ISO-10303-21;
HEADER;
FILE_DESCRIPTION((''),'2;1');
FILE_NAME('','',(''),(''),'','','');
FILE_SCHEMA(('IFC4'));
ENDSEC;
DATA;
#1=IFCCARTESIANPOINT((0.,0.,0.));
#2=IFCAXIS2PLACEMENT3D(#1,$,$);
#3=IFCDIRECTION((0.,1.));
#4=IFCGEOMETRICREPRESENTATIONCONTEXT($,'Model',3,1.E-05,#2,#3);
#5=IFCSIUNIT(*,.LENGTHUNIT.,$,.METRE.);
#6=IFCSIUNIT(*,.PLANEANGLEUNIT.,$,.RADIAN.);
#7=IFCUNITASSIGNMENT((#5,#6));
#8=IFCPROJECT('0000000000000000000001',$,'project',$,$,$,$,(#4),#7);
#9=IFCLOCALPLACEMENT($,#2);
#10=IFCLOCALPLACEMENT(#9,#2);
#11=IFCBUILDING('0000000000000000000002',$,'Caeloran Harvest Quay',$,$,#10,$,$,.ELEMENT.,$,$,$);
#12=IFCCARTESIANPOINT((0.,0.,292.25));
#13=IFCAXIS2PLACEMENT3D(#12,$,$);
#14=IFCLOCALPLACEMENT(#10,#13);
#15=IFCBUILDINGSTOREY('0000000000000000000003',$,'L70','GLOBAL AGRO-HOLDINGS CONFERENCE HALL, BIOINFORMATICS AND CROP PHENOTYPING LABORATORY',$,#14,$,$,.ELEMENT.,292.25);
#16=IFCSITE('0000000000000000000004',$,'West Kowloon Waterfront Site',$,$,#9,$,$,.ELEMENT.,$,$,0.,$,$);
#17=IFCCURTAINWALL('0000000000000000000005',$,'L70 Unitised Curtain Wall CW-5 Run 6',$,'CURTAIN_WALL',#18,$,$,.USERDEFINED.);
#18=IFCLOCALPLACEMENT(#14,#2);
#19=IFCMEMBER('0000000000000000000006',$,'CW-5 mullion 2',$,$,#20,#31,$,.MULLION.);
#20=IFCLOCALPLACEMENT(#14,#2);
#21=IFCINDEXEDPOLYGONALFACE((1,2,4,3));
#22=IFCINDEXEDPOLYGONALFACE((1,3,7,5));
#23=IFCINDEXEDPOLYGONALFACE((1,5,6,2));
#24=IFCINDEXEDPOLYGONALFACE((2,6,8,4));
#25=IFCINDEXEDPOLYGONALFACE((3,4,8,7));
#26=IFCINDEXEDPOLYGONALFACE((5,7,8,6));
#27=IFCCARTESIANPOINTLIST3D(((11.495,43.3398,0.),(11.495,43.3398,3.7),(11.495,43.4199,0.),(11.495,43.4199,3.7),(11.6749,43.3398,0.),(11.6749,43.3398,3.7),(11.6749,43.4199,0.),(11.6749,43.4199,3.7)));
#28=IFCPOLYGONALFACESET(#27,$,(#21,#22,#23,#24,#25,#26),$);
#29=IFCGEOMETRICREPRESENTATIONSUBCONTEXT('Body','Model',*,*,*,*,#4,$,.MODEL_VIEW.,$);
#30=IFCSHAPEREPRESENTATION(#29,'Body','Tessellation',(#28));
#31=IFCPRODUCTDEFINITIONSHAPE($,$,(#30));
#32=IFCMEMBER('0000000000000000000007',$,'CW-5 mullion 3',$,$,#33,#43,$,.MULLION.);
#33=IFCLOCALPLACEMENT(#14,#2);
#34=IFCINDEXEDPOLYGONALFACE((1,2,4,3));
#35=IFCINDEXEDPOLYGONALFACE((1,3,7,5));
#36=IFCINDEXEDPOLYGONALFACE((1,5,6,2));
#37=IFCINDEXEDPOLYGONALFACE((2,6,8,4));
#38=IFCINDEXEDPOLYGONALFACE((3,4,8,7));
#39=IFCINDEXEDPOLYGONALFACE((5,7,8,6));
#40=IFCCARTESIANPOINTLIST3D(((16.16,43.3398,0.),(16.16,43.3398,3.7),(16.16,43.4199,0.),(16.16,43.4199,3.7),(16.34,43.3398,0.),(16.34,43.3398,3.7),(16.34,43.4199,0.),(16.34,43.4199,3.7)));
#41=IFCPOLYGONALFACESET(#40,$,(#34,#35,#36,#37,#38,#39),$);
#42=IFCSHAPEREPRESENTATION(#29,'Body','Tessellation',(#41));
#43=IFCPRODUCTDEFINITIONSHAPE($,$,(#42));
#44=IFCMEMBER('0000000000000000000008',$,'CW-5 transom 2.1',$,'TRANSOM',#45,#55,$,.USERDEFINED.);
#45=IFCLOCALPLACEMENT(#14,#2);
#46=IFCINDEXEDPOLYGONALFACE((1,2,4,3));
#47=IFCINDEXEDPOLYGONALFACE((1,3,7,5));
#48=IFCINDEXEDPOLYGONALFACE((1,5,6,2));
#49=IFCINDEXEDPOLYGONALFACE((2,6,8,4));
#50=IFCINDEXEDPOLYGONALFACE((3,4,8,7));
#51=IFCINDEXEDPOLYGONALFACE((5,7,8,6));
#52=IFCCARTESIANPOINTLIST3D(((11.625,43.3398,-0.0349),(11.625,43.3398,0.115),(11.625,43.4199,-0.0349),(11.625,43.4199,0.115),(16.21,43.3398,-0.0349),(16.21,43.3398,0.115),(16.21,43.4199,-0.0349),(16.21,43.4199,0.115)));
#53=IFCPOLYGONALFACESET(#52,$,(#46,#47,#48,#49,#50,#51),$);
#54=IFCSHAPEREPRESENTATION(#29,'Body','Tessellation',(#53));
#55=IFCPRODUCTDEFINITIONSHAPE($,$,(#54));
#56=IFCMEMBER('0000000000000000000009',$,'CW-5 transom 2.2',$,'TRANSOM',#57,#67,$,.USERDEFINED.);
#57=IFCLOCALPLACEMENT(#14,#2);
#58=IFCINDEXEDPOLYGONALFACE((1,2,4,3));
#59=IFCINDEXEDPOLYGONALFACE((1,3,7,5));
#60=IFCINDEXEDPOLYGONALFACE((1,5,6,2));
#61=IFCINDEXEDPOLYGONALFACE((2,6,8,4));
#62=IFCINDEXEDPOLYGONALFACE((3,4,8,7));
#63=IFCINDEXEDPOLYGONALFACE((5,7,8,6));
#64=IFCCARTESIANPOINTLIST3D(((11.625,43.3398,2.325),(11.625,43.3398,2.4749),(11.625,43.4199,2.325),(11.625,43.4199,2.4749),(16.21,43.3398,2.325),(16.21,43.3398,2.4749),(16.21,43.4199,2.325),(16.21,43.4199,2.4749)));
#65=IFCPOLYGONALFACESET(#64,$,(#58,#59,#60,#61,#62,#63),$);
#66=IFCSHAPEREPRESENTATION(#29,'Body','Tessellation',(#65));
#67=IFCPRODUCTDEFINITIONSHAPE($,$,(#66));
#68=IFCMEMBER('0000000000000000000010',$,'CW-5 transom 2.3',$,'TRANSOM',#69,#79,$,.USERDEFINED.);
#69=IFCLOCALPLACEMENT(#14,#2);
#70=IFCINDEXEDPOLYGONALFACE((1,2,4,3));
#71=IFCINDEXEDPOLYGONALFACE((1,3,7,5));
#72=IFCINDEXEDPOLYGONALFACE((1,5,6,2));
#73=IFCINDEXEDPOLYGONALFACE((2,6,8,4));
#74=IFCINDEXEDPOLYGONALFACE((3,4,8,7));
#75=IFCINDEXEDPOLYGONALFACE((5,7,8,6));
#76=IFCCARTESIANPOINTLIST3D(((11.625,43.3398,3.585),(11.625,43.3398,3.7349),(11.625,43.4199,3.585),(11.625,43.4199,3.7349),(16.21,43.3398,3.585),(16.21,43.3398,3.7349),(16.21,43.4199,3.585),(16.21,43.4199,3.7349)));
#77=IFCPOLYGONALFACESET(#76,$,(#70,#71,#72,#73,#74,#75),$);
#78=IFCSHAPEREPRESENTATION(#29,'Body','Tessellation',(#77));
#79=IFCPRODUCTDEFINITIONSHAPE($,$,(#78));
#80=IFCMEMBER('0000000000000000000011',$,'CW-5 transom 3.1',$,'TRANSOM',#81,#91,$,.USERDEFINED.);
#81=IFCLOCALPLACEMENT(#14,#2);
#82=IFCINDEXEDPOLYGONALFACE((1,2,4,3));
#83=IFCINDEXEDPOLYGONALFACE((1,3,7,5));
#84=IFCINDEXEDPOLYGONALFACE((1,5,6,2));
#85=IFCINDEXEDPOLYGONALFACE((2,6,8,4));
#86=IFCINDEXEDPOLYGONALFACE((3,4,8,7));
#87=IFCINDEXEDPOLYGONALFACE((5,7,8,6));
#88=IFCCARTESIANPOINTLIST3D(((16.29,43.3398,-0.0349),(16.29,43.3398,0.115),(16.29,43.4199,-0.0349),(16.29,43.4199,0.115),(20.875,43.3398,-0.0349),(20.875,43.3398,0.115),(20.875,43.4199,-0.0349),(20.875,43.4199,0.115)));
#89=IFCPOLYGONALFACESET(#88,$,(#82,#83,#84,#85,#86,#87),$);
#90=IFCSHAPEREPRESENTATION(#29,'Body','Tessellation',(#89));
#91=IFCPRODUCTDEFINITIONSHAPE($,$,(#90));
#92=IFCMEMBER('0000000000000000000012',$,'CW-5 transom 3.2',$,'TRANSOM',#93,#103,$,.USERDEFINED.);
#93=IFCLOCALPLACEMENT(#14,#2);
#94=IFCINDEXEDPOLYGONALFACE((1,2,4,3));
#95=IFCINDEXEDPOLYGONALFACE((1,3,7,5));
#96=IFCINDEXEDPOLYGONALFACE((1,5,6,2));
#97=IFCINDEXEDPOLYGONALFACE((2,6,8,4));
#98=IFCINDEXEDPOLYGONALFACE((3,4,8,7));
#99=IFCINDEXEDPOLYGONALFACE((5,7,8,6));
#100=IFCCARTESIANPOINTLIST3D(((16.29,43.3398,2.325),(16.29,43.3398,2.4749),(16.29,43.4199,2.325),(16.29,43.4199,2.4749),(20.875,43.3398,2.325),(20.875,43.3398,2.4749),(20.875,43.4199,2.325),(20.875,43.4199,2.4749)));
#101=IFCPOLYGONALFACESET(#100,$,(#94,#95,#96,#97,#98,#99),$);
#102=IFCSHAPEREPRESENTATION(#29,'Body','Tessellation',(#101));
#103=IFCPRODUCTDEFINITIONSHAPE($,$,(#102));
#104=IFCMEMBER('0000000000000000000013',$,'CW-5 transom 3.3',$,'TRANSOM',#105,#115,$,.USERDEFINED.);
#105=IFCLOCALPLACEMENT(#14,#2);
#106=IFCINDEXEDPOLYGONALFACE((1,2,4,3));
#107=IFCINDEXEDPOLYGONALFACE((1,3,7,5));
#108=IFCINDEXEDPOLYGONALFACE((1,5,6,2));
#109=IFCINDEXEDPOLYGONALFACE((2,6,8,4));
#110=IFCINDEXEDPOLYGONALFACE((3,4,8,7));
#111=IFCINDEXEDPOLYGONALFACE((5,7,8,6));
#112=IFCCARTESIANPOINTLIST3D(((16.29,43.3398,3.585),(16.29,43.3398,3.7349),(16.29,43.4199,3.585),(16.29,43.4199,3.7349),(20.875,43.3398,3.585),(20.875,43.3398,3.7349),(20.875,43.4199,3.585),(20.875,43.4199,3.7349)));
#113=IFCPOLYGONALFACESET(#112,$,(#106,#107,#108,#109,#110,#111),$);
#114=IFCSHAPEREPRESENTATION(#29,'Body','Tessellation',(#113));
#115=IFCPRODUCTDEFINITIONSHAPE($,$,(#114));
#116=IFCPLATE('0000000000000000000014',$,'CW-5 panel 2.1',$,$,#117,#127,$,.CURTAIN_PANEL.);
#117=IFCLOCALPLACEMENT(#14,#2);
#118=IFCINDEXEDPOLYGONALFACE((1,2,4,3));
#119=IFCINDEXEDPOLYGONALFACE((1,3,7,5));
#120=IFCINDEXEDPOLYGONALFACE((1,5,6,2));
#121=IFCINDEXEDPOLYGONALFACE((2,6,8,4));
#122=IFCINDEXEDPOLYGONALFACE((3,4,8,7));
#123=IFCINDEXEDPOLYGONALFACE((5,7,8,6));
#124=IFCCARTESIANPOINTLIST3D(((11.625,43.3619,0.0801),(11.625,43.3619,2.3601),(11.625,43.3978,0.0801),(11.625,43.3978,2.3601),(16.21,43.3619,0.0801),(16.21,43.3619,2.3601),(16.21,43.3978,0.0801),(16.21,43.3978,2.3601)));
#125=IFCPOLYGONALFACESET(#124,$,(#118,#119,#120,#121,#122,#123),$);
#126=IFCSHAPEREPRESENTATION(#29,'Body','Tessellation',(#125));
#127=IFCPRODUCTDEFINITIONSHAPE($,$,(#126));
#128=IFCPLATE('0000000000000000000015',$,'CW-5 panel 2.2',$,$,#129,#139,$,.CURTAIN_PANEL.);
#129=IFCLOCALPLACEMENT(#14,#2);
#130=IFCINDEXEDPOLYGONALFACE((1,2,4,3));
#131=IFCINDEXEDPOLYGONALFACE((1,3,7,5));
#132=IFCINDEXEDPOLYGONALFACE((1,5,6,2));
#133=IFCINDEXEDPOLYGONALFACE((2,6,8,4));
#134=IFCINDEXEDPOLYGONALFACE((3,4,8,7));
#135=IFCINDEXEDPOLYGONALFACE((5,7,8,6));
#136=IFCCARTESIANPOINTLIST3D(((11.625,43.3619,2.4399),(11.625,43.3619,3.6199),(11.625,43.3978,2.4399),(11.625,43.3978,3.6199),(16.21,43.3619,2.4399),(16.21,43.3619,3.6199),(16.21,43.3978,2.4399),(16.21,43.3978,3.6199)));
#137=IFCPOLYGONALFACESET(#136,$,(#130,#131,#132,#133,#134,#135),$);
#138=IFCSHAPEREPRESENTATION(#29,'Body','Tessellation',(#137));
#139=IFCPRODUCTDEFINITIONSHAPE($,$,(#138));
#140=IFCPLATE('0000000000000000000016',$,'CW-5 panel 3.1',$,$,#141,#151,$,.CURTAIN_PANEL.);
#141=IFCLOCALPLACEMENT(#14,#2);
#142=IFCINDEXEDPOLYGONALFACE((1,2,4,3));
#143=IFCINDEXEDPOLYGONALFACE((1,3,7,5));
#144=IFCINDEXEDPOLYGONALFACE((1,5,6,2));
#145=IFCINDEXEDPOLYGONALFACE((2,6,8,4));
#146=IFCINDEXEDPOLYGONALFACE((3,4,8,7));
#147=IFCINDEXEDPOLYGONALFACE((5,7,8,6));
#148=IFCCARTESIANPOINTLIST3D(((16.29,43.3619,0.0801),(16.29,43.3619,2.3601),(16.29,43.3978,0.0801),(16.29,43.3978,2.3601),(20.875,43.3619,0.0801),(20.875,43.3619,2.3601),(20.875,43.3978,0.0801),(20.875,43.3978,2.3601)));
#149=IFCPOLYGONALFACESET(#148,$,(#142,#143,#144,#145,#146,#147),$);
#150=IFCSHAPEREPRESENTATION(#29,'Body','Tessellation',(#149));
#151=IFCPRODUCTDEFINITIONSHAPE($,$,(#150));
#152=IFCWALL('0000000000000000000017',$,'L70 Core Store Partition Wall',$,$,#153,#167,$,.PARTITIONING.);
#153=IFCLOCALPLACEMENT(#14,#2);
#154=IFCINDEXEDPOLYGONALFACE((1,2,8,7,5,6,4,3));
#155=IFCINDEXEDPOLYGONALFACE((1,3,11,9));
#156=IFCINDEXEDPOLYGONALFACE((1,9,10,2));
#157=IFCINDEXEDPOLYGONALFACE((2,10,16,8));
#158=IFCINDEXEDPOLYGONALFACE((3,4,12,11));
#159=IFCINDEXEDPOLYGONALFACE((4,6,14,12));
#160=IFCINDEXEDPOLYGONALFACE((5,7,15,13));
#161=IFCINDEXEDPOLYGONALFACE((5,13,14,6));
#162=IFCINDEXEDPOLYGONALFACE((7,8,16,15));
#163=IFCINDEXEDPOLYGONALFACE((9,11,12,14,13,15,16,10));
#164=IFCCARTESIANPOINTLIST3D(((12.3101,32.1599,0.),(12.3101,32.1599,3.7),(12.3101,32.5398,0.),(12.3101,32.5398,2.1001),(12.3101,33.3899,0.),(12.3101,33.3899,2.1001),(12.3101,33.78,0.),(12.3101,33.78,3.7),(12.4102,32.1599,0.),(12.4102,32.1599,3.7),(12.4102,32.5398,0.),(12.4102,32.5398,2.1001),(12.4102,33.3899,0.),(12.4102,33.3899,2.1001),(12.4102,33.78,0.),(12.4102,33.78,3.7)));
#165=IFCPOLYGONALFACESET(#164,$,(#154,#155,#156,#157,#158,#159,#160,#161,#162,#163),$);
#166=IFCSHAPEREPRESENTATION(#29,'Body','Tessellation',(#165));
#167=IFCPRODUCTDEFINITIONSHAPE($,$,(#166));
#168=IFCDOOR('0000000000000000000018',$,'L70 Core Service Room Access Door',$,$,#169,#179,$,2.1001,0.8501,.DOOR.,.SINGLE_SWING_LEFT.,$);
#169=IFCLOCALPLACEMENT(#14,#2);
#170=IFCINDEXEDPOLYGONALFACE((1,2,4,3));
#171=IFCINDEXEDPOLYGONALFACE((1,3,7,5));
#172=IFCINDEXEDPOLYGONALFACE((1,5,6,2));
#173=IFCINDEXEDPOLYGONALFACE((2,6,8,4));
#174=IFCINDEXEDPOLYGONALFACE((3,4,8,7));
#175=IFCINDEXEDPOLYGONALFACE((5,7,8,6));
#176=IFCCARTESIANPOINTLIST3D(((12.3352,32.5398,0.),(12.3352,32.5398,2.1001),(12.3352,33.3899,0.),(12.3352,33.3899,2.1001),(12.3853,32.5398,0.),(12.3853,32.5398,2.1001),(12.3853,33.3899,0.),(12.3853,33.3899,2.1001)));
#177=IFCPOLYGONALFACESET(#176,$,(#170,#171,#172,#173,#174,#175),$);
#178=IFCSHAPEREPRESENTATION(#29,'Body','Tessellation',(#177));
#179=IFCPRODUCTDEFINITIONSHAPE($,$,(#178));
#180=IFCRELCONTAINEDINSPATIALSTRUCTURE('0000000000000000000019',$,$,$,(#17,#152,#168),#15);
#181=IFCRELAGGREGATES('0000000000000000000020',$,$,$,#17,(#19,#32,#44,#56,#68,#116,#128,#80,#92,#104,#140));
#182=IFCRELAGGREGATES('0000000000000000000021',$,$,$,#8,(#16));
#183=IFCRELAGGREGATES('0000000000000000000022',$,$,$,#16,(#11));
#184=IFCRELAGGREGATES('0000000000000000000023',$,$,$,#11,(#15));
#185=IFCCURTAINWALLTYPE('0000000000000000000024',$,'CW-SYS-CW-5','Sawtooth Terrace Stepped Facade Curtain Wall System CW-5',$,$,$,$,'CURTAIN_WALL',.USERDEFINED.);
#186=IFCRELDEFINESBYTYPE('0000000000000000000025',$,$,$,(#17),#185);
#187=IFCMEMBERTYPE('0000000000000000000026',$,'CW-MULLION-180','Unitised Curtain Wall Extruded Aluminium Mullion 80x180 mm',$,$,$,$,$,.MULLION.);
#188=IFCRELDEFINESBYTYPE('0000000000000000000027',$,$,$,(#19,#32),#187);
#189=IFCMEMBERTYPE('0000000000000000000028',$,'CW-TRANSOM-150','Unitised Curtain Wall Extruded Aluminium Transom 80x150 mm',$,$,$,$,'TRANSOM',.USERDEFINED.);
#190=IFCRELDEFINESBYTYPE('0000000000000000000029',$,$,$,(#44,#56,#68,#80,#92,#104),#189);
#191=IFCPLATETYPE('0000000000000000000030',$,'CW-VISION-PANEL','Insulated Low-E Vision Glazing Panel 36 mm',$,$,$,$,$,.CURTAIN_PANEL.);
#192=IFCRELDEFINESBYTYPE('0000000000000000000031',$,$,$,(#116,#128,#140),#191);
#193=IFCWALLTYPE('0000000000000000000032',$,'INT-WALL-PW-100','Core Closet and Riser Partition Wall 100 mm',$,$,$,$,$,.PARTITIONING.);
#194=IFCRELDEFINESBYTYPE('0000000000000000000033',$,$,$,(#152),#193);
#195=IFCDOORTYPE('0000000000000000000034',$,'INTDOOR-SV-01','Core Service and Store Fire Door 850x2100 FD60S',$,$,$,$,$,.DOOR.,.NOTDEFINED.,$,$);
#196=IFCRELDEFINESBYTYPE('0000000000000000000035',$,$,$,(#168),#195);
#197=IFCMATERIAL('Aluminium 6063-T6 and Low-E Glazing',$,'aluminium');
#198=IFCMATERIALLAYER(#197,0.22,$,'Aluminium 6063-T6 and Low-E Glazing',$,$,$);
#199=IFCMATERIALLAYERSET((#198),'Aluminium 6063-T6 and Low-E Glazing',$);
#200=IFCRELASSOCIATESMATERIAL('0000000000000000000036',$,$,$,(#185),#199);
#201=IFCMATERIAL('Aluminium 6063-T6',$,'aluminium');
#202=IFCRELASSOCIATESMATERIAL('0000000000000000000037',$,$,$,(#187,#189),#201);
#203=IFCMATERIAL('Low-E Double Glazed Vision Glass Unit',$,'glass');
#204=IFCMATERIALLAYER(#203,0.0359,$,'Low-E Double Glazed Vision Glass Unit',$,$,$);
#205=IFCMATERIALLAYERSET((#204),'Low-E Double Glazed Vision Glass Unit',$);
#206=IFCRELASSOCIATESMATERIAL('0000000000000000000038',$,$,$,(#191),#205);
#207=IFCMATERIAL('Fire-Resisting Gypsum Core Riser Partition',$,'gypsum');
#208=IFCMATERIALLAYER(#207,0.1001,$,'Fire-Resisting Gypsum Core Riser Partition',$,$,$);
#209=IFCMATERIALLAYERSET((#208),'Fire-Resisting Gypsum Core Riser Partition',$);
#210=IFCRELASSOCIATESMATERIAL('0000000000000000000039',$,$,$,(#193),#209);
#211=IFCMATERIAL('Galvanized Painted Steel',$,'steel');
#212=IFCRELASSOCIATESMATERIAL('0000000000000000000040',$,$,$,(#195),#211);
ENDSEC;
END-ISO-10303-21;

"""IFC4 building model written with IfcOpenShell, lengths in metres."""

from ifc_helpers import new_model, si_unit, direction, frame, frame_2d, origin, origin_2d, place, context, subcontext, project, spatial, rectangle, extrude, material, layer, layer_set, material_profile, profile_set, type_object, element, fill, aggregate, save


model = new_model("IFC4")

# Units and contexts
model_context = context("Model", 3, precision=1e-05, world=origin(), true_north=direction((0.0, 1.0)))
body_context = subcontext(model_context, "Body", "Model", "MODEL_VIEW")
ifc_project = project(units=[si_unit("LENGTHUNIT", "METRE"), si_unit("PLANEANGLEUNIT", "RADIAN")], contexts=[model_context])

# Site, building, storey
site_placement = place(None, origin())
site = spatial("IfcSite", under=ifc_project, at=site_placement, Name="West Kowloon Waterfront Site", CompositionType="ELEMENT", RefElevation=0.0)
building_placement = place(site_placement, origin())
building = spatial("IfcBuilding", under=site, at=building_placement, Name="Caeloran Harvest Quay", CompositionType="ELEMENT")
storey_placement = place(building_placement, frame((0.0, 0.0, 292.25)))
storey = spatial("IfcBuildingStorey", under=building, at=storey_placement, Name="L70", Description="GLOBAL AGRO-HOLDINGS CONFERENCE HALL, BIOINFORMATICS AND CROP PHENOTYPING LABORATORY", CompositionType="ELEMENT", Elevation=292.25)

# Curtain wall, members, plates
ifc_material_1 = material(Name="Aluminium 6063-T6 and Low-E Glazing", Category="aluminium")
ifc_layer_1 = layer(ifc_material_1, 0.22, Name="Aluminium 6063-T6 and Low-E Glazing")
ifc_layer_set_1 = layer_set([ifc_layer_1], Name="Aluminium 6063-T6 and Low-E Glazing")
curtain_wall_type = type_object("IfcCurtainWallType", Name="CW-SYS-CW-5", Description="Sawtooth Terrace Stepped Facade Curtain Wall System CW-5", ElementType="CURTAIN_WALL", PredefinedType="USERDEFINED", material=ifc_layer_set_1)
curtain_wall_placement = place(storey_placement, origin())
curtain_wall = element("IfcCurtainWall", 1, at=curtain_wall_placement, inside=storey, type_object=curtain_wall_type, Name="L70 Unitised Curtain Wall CW-5 Run 6", ObjectType="CURTAIN_WALL", PredefinedType="USERDEFINED")
ifc_material_2 = material(Name="Aluminium 6063-T6", Category="aluminium")
ifc_material_profile_1 = material_profile(ifc_material_2, rectangle(XDim=0.0801, YDim=0.1799, at=origin_2d()), Name="CW-MULLION-180")
ifc_profile_set_1 = profile_set([ifc_material_profile_1], Name="Aluminium 6063-T6")
member_type_1 = type_object("IfcMemberType", Name="CW-MULLION-180", Description="Unitised Curtain Wall Extruded Aluminium Mullion 80x180 mm", PredefinedType="MULLION", material=ifc_profile_set_1)
member_1_placement = place(storey_placement, frame((11.585, 43.3799, 0.0), z_axis=(0.0, 0.0, 1.0), x_axis=(0.0, 1.0, 0.0)))
member_1 = element("IfcMember", 2, at=member_1_placement, type_object=member_type_1, Name="CW-5 mullion 2", PredefinedType="MULLION", context=body_context, shape_type="SweptSolid", body=[
    extrude(rectangle(XDim=0.0801, YDim=0.1799, at=origin_2d()), origin(), (0.0, 0.0, 1.0), 3.7),
])
member_2_placement = place(storey_placement, frame((16.25, 43.3799, 0.0), z_axis=(0.0, 0.0, 1.0), x_axis=(0.0, 1.0, 0.0)))
member_2 = element("IfcMember", 3, at=member_2_placement, type_object=member_type_1, Name="CW-5 mullion 3", PredefinedType="MULLION", context=body_context, shape_type="SweptSolid", body=[
    extrude(rectangle(XDim=0.0801, YDim=0.1799, at=origin_2d()), origin(), (0.0, 0.0, 1.0), 3.7),
])
ifc_material_profile_2 = material_profile(ifc_material_2, rectangle(XDim=0.0801, YDim=0.1499, at=origin_2d()), Name="CW-TRANSOM-150")
ifc_profile_set_2 = profile_set([ifc_material_profile_2], Name="Aluminium 6063-T6")
member_type_2 = type_object("IfcMemberType", Name="CW-TRANSOM-150", Description="Unitised Curtain Wall Extruded Aluminium Transom 80x150 mm", ElementType="TRANSOM", PredefinedType="USERDEFINED", material=ifc_profile_set_2)
member_3_placement = place(storey_placement, frame((11.625, 43.3799, 0.04), z_axis=(1.0, 0.0, 0.0), x_axis=(0.0, 1.0, 0.0)))
member_3 = element("IfcMember", 4, at=member_3_placement, type_object=member_type_2, Name="CW-5 transom 2.1", ObjectType="TRANSOM", PredefinedType="USERDEFINED", context=body_context, shape_type="SweptSolid", body=[
    extrude(rectangle(XDim=0.0801, YDim=0.1499, at=origin_2d()), origin(), (0.0, 0.0, 1.0), 4.585),
])
member_4_placement = place(storey_placement, frame((11.625, 43.3799, 2.3999), z_axis=(1.0, 0.0, 0.0), x_axis=(0.0, 1.0, 0.0)))
member_4 = element("IfcMember", 5, at=member_4_placement, type_object=member_type_2, Name="CW-5 transom 2.2", ObjectType="TRANSOM", PredefinedType="USERDEFINED", context=body_context, shape_type="SweptSolid", body=[
    extrude(rectangle(XDim=0.0801, YDim=0.1499, at=origin_2d()), origin(), (0.0, 0.0, 1.0), 4.585),
])
member_5_placement = place(storey_placement, frame((11.625, 43.3799, 3.6599), z_axis=(1.0, 0.0, 0.0), x_axis=(0.0, 1.0, 0.0)))
member_5 = element("IfcMember", 6, at=member_5_placement, type_object=member_type_2, Name="CW-5 transom 2.3", ObjectType="TRANSOM", PredefinedType="USERDEFINED", context=body_context, shape_type="SweptSolid", body=[
    extrude(rectangle(XDim=0.0801, YDim=0.1499, at=origin_2d()), origin(), (0.0, 0.0, 1.0), 4.585),
])
member_6_placement = place(storey_placement, frame((16.29, 43.3799, 0.04), z_axis=(1.0, 0.0, 0.0), x_axis=(0.0, 1.0, 0.0)))
member_6 = element("IfcMember", 7, at=member_6_placement, type_object=member_type_2, Name="CW-5 transom 3.1", ObjectType="TRANSOM", PredefinedType="USERDEFINED", context=body_context, shape_type="SweptSolid", body=[
    extrude(rectangle(XDim=0.0801, YDim=0.1499, at=origin_2d()), origin(), (0.0, 0.0, 1.0), 4.585),
])
member_7_placement = place(storey_placement, frame((16.29, 43.3799, 2.3999), z_axis=(1.0, 0.0, 0.0), x_axis=(0.0, 1.0, 0.0)))
member_7 = element("IfcMember", 8, at=member_7_placement, type_object=member_type_2, Name="CW-5 transom 3.2", ObjectType="TRANSOM", PredefinedType="USERDEFINED", context=body_context, shape_type="SweptSolid", body=[
    extrude(rectangle(XDim=0.0801, YDim=0.1499, at=origin_2d()), origin(), (0.0, 0.0, 1.0), 4.585),
])
member_8_placement = place(storey_placement, frame((16.29, 43.3799, 3.6599), z_axis=(1.0, 0.0, 0.0), x_axis=(0.0, 1.0, 0.0)))
member_8 = element("IfcMember", 9, at=member_8_placement, type_object=member_type_2, Name="CW-5 transom 3.3", ObjectType="TRANSOM", PredefinedType="USERDEFINED", context=body_context, shape_type="SweptSolid", body=[
    extrude(rectangle(XDim=0.0801, YDim=0.1499, at=origin_2d()), origin(), (0.0, 0.0, 1.0), 4.585),
])
ifc_material_3 = material(Name="Low-E Double Glazed Vision Glass Unit", Category="glass")
ifc_layer_2 = layer(ifc_material_3, 0.0359, Name="Low-E Double Glazed Vision Glass Unit")
ifc_layer_set_2 = layer_set([ifc_layer_2], Name="Low-E Double Glazed Vision Glass Unit")
plate_type = type_object("IfcPlateType", Name="CW-VISION-PANEL", Description="Insulated Low-E Vision Glazing Panel 36 mm", PredefinedType="CURTAIN_PANEL", material=ifc_layer_set_2)
plate_1_placement = place(storey_placement, frame((13.9175, 43.3799, 0.0801), z_axis=(0.0, 0.0, 1.0), x_axis=(1.0, 0.0, 0.0)))
plate_1 = element("IfcPlate", 10, at=plate_1_placement, type_object=plate_type, Name="CW-5 panel 2.1", PredefinedType="CURTAIN_PANEL", context=body_context, shape_type="SweptSolid", body=[
    extrude(rectangle(XDim=4.585, YDim=0.0359, at=origin_2d()), origin(), (0.0, 0.0, 1.0), 2.28),
])
plate_2_placement = place(storey_placement, frame((13.9175, 43.3799, 2.4399), z_axis=(0.0, 0.0, 1.0), x_axis=(1.0, 0.0, 0.0)))
plate_2 = element("IfcPlate", 11, at=plate_2_placement, type_object=plate_type, Name="CW-5 panel 2.2", PredefinedType="CURTAIN_PANEL", context=body_context, shape_type="SweptSolid", body=[
    extrude(rectangle(XDim=4.585, YDim=0.0359, at=origin_2d()), origin(), (0.0, 0.0, 1.0), 1.1799),
])
plate_3_placement = place(storey_placement, frame((18.5825, 43.3799, 0.0801), z_axis=(0.0, 0.0, 1.0), x_axis=(1.0, 0.0, 0.0)))
plate_3 = element("IfcPlate", 12, at=plate_3_placement, type_object=plate_type, Name="CW-5 panel 3.1", PredefinedType="CURTAIN_PANEL", context=body_context, shape_type="SweptSolid", body=[
    extrude(rectangle(XDim=4.585, YDim=0.0359, at=origin_2d()), origin(), (0.0, 0.0, 1.0), 2.28),
])
aggregate(curtain_wall, [member_1, member_2, member_3, member_4, member_5, plate_1, plate_2, member_6, member_7, member_8, plate_3])

# Wall, opening, door
ifc_material_4 = material(Name="Fire-Resisting Gypsum Core Riser Partition", Category="gypsum")
ifc_layer_3 = layer(ifc_material_4, 0.1001, Name="Fire-Resisting Gypsum Core Riser Partition")
ifc_layer_set_3 = layer_set([ifc_layer_3], Name="Fire-Resisting Gypsum Core Riser Partition")
wall_type_1 = type_object("IfcWallType", Name="INT-WALL-PW-100", Description="Core Closet and Riser Partition Wall 100 mm", PredefinedType="PARTITIONING", material=ifc_layer_set_3)
wall_1_placement = place(storey_placement, frame((12.3601, 32.1599, 0.0), z_axis=(0.0, 0.0, 1.0), x_axis=(0.0, 1.0, 0.0)))
wall_1 = element("IfcWall", 13, at=wall_1_placement, inside=storey, type_object=wall_type_1, Name="L70 Core Store Partition Wall", PredefinedType="PARTITIONING", context=body_context, shape_type="SweptSolid", body=[
    extrude(rectangle(XDim=1.6201, YDim=0.1001, at=frame_2d((0.8101, 0.0))), origin(), (0.0, 0.0, 1.0), 3.7),
])
opening_1_placement = place(wall_1_placement, frame((0.3799, 0.0, 0.0)))
opening_1 = element("IfcOpeningElement", 14, at=opening_1_placement, cuts=wall_1, PredefinedType="OPENING", context=body_context, shape_type="SweptSolid", body=[
    extrude(rectangle(XDim=0.8501, YDim=2.1001, at=frame_2d((0.425, 1.05))), frame((0.0, 0.0601, 0.0), z_axis=(0.0, -1.0, 0.0), x_axis=(1.0, 0.0, 0.0)), (0.0, 0.0, 1.0), 0.1201),
])
ifc_material_5 = material(Name="Galvanized Painted Steel", Category="steel")
door_type_1 = type_object("IfcDoorType", Name="INTDOOR-SV-01", Description="Core Service and Store Fire Door 850x2100 FD60S", OperationType="NOTDEFINED", PredefinedType="DOOR", material=ifc_material_5)
door_1_placement = place(opening_1_placement, origin())
door_1 = element("IfcDoor", 15, at=door_1_placement, inside=storey, type_object=door_type_1, Name="L70 Core Service Room Access Door", OperationType="SINGLE_SWING_LEFT", OverallHeight=2.1001, OverallWidth=0.8501, PredefinedType="DOOR", context=body_context, shape_type="SweptSolid", body=[
    extrude(rectangle(XDim=0.8501, YDim=2.1001, at=frame_2d((0.425, 1.05))), frame((0.0, 0.0249, 0.0), z_axis=(0.0, -1.0, 0.0), x_axis=(1.0, 0.0, 0.0)), (0.0, 0.0, 1.0), 0.05),
])
fill(opening_1, door_1)

save(model, "model.ifc")
